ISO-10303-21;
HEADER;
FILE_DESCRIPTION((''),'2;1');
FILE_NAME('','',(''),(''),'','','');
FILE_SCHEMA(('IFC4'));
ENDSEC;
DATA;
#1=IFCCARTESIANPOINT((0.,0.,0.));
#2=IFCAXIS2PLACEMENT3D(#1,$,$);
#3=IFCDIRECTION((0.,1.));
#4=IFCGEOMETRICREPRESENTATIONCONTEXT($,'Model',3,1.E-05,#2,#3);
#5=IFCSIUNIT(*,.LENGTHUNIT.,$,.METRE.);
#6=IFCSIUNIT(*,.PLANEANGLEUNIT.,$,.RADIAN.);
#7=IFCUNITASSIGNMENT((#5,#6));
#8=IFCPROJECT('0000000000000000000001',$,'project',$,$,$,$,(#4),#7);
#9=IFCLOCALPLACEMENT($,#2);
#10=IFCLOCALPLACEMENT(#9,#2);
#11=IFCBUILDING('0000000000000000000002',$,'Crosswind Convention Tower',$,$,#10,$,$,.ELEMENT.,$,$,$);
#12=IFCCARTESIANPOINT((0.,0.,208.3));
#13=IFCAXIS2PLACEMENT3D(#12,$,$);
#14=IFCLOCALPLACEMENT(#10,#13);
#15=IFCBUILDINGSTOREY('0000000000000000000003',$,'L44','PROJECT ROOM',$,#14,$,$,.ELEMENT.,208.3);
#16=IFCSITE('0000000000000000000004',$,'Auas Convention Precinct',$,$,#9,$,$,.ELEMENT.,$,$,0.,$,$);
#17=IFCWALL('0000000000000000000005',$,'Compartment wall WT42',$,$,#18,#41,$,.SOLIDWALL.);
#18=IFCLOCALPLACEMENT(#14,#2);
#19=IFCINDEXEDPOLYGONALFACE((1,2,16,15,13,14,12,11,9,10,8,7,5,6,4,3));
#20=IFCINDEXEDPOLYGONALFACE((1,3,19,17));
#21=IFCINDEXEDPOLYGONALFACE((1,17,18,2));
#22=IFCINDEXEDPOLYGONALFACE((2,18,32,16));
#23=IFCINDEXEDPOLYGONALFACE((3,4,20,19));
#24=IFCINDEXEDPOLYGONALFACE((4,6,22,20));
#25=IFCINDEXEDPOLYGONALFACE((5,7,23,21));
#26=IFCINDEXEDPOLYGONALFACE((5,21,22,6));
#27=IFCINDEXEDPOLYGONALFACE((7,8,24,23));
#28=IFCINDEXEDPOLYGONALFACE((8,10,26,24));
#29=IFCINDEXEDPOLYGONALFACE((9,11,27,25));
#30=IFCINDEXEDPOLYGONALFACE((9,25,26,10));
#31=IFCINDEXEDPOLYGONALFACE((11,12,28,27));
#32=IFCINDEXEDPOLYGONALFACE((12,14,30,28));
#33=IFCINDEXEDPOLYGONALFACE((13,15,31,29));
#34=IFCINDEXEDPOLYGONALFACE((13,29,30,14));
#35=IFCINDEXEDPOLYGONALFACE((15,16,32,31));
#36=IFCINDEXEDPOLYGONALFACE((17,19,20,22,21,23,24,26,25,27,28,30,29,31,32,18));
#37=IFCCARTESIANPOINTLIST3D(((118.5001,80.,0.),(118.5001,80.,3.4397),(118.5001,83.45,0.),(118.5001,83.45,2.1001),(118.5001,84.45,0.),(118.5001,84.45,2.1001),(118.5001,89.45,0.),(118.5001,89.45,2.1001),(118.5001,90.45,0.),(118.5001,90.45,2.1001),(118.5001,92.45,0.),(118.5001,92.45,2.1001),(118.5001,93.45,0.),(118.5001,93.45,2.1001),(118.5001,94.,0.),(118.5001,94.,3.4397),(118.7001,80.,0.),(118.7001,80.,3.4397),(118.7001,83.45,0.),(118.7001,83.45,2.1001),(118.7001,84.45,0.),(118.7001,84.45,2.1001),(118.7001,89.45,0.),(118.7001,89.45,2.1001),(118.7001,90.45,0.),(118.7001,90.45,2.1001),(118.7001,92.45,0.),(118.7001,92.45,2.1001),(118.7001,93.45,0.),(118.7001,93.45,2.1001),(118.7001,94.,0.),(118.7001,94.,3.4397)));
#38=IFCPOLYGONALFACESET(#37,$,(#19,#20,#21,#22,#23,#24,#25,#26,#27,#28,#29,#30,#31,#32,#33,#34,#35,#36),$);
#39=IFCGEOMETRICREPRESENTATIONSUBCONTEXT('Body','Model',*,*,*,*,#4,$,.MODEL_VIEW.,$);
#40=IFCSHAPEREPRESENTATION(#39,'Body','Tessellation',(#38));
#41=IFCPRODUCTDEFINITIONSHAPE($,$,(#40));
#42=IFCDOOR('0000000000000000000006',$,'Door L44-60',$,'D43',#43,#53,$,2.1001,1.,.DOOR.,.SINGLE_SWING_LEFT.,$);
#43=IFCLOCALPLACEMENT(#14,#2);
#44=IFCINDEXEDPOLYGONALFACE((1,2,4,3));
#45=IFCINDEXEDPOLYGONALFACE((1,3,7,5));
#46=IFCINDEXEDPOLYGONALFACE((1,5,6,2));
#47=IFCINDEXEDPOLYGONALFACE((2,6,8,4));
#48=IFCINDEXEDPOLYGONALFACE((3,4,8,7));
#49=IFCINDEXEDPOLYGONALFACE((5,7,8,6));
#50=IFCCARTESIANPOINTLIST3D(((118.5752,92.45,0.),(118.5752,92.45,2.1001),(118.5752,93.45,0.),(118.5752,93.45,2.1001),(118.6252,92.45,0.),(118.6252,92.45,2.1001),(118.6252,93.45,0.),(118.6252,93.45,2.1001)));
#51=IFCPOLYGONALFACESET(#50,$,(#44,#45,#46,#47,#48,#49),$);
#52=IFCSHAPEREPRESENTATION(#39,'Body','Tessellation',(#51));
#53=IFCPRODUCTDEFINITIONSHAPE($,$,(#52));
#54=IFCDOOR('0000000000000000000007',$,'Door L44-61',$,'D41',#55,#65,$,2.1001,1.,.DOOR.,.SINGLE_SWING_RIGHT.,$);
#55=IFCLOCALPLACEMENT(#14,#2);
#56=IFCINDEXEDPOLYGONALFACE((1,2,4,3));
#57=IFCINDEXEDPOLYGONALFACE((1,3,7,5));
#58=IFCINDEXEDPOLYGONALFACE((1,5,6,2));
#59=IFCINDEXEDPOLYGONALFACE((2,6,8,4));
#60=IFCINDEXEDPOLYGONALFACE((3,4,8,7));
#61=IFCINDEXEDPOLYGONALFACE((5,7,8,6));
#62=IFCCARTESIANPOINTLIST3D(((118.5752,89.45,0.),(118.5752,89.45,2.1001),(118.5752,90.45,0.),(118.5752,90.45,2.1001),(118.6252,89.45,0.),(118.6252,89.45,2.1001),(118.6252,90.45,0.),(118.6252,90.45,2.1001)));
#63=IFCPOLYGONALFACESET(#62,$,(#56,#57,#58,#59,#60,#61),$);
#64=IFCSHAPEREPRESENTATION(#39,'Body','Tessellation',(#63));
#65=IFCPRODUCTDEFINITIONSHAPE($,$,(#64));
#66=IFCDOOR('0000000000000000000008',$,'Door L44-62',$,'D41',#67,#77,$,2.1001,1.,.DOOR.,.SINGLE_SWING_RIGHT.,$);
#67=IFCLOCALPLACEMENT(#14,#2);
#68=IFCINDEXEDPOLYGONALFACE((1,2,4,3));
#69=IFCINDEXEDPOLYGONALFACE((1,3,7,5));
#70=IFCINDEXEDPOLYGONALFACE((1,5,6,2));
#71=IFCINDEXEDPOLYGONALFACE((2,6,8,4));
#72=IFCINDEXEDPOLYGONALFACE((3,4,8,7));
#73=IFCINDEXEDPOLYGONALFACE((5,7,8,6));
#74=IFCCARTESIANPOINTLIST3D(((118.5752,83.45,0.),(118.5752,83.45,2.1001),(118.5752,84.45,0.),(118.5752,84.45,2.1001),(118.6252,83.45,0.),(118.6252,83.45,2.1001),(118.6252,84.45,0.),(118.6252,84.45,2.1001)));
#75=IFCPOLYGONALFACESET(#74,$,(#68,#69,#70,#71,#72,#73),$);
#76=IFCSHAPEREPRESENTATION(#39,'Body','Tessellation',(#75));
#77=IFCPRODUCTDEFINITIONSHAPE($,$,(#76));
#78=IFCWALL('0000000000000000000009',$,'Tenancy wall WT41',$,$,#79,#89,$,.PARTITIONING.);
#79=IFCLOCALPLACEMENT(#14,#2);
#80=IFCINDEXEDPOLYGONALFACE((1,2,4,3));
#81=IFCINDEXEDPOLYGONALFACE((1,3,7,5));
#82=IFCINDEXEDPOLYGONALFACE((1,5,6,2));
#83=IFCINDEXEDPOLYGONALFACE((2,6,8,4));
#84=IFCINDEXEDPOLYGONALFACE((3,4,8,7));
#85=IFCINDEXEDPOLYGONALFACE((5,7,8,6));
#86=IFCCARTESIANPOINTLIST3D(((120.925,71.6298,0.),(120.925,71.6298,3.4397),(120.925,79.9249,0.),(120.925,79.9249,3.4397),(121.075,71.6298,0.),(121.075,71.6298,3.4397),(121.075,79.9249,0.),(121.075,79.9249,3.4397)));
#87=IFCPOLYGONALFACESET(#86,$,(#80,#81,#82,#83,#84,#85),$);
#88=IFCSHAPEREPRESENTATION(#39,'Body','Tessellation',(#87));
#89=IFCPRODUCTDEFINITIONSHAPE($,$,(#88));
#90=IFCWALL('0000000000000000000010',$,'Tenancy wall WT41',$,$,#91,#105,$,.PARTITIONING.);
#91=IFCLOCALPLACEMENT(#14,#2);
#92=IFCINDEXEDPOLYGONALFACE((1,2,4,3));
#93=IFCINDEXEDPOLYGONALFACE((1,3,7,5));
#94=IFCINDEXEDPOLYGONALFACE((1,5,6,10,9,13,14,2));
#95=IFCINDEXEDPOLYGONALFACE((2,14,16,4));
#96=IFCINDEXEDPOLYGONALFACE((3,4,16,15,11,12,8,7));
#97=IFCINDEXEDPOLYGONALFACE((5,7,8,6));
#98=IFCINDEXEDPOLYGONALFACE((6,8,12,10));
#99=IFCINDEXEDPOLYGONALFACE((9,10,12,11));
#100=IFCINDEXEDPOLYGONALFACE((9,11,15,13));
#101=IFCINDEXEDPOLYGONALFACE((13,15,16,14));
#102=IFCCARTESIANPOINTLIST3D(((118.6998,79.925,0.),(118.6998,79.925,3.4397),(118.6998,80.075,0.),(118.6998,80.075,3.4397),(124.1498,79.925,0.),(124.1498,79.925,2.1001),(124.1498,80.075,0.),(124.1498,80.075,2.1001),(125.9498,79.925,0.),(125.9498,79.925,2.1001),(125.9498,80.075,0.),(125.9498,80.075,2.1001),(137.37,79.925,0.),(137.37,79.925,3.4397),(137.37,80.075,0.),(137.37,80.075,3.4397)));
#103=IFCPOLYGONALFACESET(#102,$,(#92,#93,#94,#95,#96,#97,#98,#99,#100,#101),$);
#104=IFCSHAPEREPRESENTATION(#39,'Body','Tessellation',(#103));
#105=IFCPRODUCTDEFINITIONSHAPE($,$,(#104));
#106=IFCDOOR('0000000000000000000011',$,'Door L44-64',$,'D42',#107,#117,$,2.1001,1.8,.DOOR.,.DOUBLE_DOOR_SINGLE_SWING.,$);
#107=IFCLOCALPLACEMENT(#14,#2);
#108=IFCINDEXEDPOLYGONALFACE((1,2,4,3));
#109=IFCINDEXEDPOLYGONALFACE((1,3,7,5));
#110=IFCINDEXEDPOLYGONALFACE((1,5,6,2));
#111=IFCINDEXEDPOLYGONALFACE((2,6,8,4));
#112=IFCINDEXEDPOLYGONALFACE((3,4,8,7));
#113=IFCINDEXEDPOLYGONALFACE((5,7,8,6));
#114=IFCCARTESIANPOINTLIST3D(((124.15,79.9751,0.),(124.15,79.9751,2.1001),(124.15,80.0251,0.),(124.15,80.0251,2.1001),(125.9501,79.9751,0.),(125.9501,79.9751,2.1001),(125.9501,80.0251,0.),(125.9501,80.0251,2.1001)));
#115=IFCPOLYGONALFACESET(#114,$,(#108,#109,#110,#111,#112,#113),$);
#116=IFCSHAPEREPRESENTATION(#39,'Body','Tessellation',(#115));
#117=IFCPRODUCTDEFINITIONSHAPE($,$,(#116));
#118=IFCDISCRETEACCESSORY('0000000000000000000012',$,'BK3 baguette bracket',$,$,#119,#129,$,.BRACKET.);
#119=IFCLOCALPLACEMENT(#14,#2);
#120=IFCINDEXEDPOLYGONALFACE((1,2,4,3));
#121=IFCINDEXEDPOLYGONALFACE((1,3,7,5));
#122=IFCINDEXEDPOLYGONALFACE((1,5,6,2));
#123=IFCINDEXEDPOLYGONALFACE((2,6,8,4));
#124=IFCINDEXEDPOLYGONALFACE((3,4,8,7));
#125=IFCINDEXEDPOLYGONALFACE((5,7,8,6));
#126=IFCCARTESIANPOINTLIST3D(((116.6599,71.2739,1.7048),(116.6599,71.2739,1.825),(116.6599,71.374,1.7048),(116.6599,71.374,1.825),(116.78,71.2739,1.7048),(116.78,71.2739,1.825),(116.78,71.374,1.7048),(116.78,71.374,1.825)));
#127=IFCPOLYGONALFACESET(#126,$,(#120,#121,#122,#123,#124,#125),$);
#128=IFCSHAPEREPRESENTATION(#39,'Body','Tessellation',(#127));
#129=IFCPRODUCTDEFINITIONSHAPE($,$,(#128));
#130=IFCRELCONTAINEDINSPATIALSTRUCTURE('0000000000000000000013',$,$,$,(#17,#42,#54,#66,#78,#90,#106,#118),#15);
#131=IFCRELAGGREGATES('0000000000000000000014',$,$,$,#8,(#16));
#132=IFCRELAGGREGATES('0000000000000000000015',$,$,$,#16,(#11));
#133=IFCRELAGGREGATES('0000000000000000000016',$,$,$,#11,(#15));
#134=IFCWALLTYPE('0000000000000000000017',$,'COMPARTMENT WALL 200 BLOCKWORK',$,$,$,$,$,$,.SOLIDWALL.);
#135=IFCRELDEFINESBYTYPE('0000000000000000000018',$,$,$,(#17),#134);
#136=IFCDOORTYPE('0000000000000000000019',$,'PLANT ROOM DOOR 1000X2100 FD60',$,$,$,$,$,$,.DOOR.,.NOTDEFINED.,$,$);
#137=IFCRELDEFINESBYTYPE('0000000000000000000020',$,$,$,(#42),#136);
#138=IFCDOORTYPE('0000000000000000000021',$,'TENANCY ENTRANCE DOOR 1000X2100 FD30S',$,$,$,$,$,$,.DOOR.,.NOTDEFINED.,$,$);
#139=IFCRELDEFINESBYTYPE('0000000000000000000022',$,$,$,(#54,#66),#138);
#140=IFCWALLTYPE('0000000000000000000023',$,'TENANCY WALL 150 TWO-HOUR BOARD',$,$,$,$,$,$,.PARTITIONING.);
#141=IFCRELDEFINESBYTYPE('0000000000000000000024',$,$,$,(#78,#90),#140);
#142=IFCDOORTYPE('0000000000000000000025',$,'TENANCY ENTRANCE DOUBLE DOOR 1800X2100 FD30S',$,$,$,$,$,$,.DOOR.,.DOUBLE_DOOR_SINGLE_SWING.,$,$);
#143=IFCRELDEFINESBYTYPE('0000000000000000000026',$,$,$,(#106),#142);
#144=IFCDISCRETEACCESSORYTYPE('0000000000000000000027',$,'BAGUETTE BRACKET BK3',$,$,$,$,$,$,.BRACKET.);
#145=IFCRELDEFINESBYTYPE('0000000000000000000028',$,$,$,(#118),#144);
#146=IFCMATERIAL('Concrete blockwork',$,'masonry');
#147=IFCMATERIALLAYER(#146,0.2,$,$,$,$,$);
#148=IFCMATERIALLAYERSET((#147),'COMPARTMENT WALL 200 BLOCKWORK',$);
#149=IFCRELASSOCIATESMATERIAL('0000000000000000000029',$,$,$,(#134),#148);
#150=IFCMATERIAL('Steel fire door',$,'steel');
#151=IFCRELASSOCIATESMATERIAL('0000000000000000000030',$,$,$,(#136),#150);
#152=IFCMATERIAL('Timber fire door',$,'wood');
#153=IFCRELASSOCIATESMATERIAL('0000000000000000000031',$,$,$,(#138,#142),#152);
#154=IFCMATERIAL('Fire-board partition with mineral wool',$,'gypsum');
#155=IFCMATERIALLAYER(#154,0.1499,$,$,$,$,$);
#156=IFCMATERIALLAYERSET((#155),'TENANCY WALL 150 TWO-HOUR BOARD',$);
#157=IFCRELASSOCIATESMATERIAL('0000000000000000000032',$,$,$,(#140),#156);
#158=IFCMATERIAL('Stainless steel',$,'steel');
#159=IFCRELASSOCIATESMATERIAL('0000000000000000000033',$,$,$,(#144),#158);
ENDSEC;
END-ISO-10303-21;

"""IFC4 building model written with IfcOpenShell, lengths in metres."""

from ifc_helpers import new_model, si_unit, direction, frame, frame_2d, origin, origin_2d, place, context, subcontext, project, spatial, rectangle, extrude, material, layer, layer_set, type_object, element, fill, save


model = new_model("IFC4")

# Units and contexts
model_context = context("Model", 3, precision=1e-05, world=origin(), true_north=direction((0.0, 1.0)))
body_context = subcontext(model_context, "Body", "Model", "MODEL_VIEW")
ifc_project = project(units=[si_unit("LENGTHUNIT", "METRE"), si_unit("PLANEANGLEUNIT", "RADIAN")], contexts=[model_context])

# Site, building, storey
site_placement = place(None, origin())
site = spatial("IfcSite", under=ifc_project, at=site_placement, Name="Auas Convention Precinct", CompositionType="ELEMENT", RefElevation=0.0)
building_placement = place(site_placement, origin())
building = spatial("IfcBuilding", under=site, at=building_placement, Name="Crosswind Convention Tower", CompositionType="ELEMENT")
storey_placement = place(building_placement, frame((0.0, 0.0, 208.3)))
storey = spatial("IfcBuildingStorey", under=building, at=storey_placement, Name="L44", Description="PROJECT ROOM", CompositionType="ELEMENT", Elevation=208.3)

# Wall, openings, doors
ifc_material_1 = material(Name="Concrete blockwork", Category="masonry")
ifc_layer_1 = layer(ifc_material_1, 0.2)
ifc_layer_set_1 = layer_set([ifc_layer_1], Name="COMPARTMENT WALL 200 BLOCKWORK")
wall_type_1 = type_object("IfcWallType", Name="COMPARTMENT WALL 200 BLOCKWORK", PredefinedType="SOLIDWALL", material=ifc_layer_set_1)
wall_1_placement = place(storey_placement, frame((118.6001, 80.0, 0.0), z_axis=(0.0, 0.0, 1.0), x_axis=(0.0, 1.0, 0.0)))
wall_1 = element("IfcWall", 1, at=wall_1_placement, inside=storey, type_object=wall_type_1, Name="Compartment wall WT42", PredefinedType="SOLIDWALL", context=body_context, shape_type="SweptSolid", body=[
    extrude(rectangle(XDim=14.0, YDim=0.2, at=frame_2d((7.0, 0.0))), origin(), (0.0, 0.0, 1.0), 3.4397),
])
opening_1_placement = place(wall_1_placement, frame((12.45, 0.0, 0.0)))
opening_1 = element("IfcOpeningElement", 2, at=opening_1_placement, cuts=wall_1, PredefinedType="OPENING", context=body_context, shape_type="SweptSolid", body=[
    extrude(rectangle(XDim=1.0, YDim=2.1001, at=frame_2d((0.5, 1.05))), frame((0.0, 0.1099, 0.0), z_axis=(0.0, -1.0, 0.0), x_axis=(1.0, 0.0, 0.0)), (0.0, 0.0, 1.0), 0.22),
])
opening_2_placement = place(wall_1_placement, frame((9.45, 0.0, 0.0)))
opening_2 = element("IfcOpeningElement", 3, at=opening_2_placement, cuts=wall_1, PredefinedType="OPENING", context=body_context, shape_type="SweptSolid", body=[
    extrude(rectangle(XDim=1.0, YDim=2.1001, at=frame_2d((0.5, 1.05))), frame((0.0, 0.1099, 0.0), z_axis=(0.0, -1.0, 0.0), x_axis=(1.0, 0.0, 0.0)), (0.0, 0.0, 1.0), 0.22),
])
opening_3_placement = place(wall_1_placement, frame((3.45, 0.0, 0.0)))
opening_3 = element("IfcOpeningElement", 4, at=opening_3_placement, cuts=wall_1, PredefinedType="OPENING", context=body_context, shape_type="SweptSolid", body=[
    extrude(rectangle(XDim=1.0, YDim=2.1001, at=frame_2d((0.5, 1.05))), frame((0.0, 0.1099, 0.0), z_axis=(0.0, -1.0, 0.0), x_axis=(1.0, 0.0, 0.0)), (0.0, 0.0, 1.0), 0.22),
])
ifc_material_2 = material(Name="Steel fire door", Category="steel")
door_type_1 = type_object("IfcDoorType", Name="PLANT ROOM DOOR 1000X2100 FD60", OperationType="NOTDEFINED", PredefinedType="DOOR", material=ifc_material_2)
door_1_placement = place(opening_1_placement, origin())
door_1 = element("IfcDoor", 5, at=door_1_placement, inside=storey, type_object=door_type_1, Name="Door L44-60", ObjectType="D43", OperationType="SINGLE_SWING_LEFT", OverallHeight=2.1001, OverallWidth=1.0, PredefinedType="DOOR", context=body_context, shape_type="SweptSolid", body=[
    extrude(rectangle(XDim=1.0, YDim=2.1001, at=frame_2d((0.5, 1.05))), frame((0.0, 0.0249, 0.0), z_axis=(0.0, -1.0, 0.0), x_axis=(1.0, 0.0, 0.0)), (0.0, 0.0, 1.0), 0.05),
])
fill(opening_1, door_1)
ifc_material_3 = material(Name="Timber fire door", Category="wood")
door_type_2 = type_object("IfcDoorType", Name="TENANCY ENTRANCE DOOR 1000X2100 FD30S", OperationType="NOTDEFINED", PredefinedType="DOOR", material=ifc_material_3)
door_2_placement = place(opening_2_placement, origin())
door_2 = element("IfcDoor", 6, at=door_2_placement, inside=storey, type_object=door_type_2, Name="Door L44-61", ObjectType="D41", OperationType="SINGLE_SWING_RIGHT", OverallHeight=2.1001, OverallWidth=1.0, PredefinedType="DOOR", context=body_context, shape_type="SweptSolid", body=[
    extrude(rectangle(XDim=1.0, YDim=2.1001, at=frame_2d((0.5, 1.05))), frame((0.0, 0.0249, 0.0), z_axis=(0.0, -1.0, 0.0), x_axis=(1.0, 0.0, 0.0)), (0.0, 0.0, 1.0), 0.05),
])
fill(opening_2, door_2)
door_3_placement = place(opening_3_placement, origin())
door_3 = element("IfcDoor", 7, at=door_3_placement, inside=storey, type_object=door_type_2, Name="Door L44-62", ObjectType="D41", OperationType="SINGLE_SWING_RIGHT", OverallHeight=2.1001, OverallWidth=1.0, PredefinedType="DOOR", context=body_context, shape_type="SweptSolid", body=[
    extrude(rectangle(XDim=1.0, YDim=2.1001, at=frame_2d((0.5, 1.05))), frame((0.0, 0.0249, 0.0), z_axis=(0.0, -1.0, 0.0), x_axis=(1.0, 0.0, 0.0)), (0.0, 0.0, 1.0), 0.05),
])
fill(opening_3, door_3)

# Wall
ifc_material_4 = material(Name="Fire-board partition with mineral wool", Category="gypsum")
ifc_layer_2 = layer(ifc_material_4, 0.1499)
ifc_layer_set_2 = layer_set([ifc_layer_2], Name="TENANCY WALL 150 TWO-HOUR BOARD")
wall_type_2 = type_object("IfcWallType", Name="TENANCY WALL 150 TWO-HOUR BOARD", PredefinedType="PARTITIONING", material=ifc_layer_set_2)
wall_2_placement = place(storey_placement, frame((121.0, 71.6299, 0.0), z_axis=(0.0, 0.0, 1.0), x_axis=(0.0, 1.0, 0.0)))
element("IfcWall", 8, at=wall_2_placement, inside=storey, type_object=wall_type_2, Name="Tenancy wall WT41", PredefinedType="PARTITIONING", context=body_context, shape_type="SweptSolid", body=[
    extrude(rectangle(XDim=8.2952, YDim=0.1499, at=frame_2d((4.1475, 0.0))), origin(), (0.0, 0.0, 1.0), 3.4397),
])

# Wall, opening, door
wall_3_placement = place(storey_placement, frame((118.7, 80.0, 0.0), z_axis=(0.0, 0.0, 1.0), x_axis=(1.0, 0.0, 0.0)))
wall_3 = element("IfcWall", 9, at=wall_3_placement, inside=storey, type_object=wall_type_2, Name="Tenancy wall WT41", PredefinedType="PARTITIONING", context=body_context, shape_type="SweptSolid", body=[
    extrude(rectangle(XDim=18.6702, YDim=0.1499, at=frame_2d((9.335, 0.0))), origin(), (0.0, 0.0, 1.0), 3.4397),
])
opening_4_placement = place(wall_3_placement, frame((5.45, 0.0, 0.0)))
opening_4 = element("IfcOpeningElement", 10, at=opening_4_placement, cuts=wall_3, PredefinedType="OPENING", context=body_context, shape_type="SweptSolid", body=[
    extrude(rectangle(XDim=1.8, YDim=2.1001, at=frame_2d((0.8999, 1.05))), frame((0.0, 0.085, 0.0), z_axis=(0.0, -1.0, 0.0), x_axis=(1.0, 0.0, 0.0)), (0.0, 0.0, 1.0), 0.1699),
])
door_type_3 = type_object("IfcDoorType", Name="TENANCY ENTRANCE DOUBLE DOOR 1800X2100 FD30S", OperationType="DOUBLE_DOOR_SINGLE_SWING", PredefinedType="DOOR", material=ifc_material_3)
door_4_placement = place(opening_4_placement, frame((1.8, 0.0, 0.0), z_axis=(0.0, 0.0, 1.0), x_axis=(-1.0, 0.0, 0.0)))
door_4 = element("IfcDoor", 11, at=door_4_placement, inside=storey, type_object=door_type_3, Name="Door L44-64", ObjectType="D42", OperationType="DOUBLE_DOOR_SINGLE_SWING", OverallHeight=2.1001, OverallWidth=1.8, PredefinedType="DOOR", context=body_context, shape_type="SweptSolid", body=[
    extrude(rectangle(XDim=1.8, YDim=2.1001, at=frame_2d((0.8999, 1.05))), frame((0.0, 0.0249, 0.0), z_axis=(0.0, -1.0, 0.0), x_axis=(1.0, 0.0, 0.0)), (0.0, 0.0, 1.0), 0.05),
])
fill(opening_4, door_4)

# Discrete accessory
ifc_material_5 = material(Name="Stainless steel", Category="steel")
discrete_accessory_type = type_object("IfcDiscreteAccessoryType", Name="BAGUETTE BRACKET BK3", PredefinedType="BRACKET", material=ifc_material_5)
discrete_accessory_placement = place(storey_placement, frame((116.72, 71.324, 1.7048), z_axis=(0.0, 0.0, 1.0), x_axis=(1.0, 0.0, 0.0)))
element("IfcDiscreteAccessory", 12, at=discrete_accessory_placement, inside=storey, type_object=discrete_accessory_type, Name="BK3 baguette bracket", PredefinedType="BRACKET", context=body_context, shape_type="SweptSolid", body=[
    extrude(rectangle(XDim=0.1201, YDim=0.1001, at=origin_2d()), origin(), (0.0, 0.0, 1.0), 0.1201),
])

save(model, "model.ifc")
